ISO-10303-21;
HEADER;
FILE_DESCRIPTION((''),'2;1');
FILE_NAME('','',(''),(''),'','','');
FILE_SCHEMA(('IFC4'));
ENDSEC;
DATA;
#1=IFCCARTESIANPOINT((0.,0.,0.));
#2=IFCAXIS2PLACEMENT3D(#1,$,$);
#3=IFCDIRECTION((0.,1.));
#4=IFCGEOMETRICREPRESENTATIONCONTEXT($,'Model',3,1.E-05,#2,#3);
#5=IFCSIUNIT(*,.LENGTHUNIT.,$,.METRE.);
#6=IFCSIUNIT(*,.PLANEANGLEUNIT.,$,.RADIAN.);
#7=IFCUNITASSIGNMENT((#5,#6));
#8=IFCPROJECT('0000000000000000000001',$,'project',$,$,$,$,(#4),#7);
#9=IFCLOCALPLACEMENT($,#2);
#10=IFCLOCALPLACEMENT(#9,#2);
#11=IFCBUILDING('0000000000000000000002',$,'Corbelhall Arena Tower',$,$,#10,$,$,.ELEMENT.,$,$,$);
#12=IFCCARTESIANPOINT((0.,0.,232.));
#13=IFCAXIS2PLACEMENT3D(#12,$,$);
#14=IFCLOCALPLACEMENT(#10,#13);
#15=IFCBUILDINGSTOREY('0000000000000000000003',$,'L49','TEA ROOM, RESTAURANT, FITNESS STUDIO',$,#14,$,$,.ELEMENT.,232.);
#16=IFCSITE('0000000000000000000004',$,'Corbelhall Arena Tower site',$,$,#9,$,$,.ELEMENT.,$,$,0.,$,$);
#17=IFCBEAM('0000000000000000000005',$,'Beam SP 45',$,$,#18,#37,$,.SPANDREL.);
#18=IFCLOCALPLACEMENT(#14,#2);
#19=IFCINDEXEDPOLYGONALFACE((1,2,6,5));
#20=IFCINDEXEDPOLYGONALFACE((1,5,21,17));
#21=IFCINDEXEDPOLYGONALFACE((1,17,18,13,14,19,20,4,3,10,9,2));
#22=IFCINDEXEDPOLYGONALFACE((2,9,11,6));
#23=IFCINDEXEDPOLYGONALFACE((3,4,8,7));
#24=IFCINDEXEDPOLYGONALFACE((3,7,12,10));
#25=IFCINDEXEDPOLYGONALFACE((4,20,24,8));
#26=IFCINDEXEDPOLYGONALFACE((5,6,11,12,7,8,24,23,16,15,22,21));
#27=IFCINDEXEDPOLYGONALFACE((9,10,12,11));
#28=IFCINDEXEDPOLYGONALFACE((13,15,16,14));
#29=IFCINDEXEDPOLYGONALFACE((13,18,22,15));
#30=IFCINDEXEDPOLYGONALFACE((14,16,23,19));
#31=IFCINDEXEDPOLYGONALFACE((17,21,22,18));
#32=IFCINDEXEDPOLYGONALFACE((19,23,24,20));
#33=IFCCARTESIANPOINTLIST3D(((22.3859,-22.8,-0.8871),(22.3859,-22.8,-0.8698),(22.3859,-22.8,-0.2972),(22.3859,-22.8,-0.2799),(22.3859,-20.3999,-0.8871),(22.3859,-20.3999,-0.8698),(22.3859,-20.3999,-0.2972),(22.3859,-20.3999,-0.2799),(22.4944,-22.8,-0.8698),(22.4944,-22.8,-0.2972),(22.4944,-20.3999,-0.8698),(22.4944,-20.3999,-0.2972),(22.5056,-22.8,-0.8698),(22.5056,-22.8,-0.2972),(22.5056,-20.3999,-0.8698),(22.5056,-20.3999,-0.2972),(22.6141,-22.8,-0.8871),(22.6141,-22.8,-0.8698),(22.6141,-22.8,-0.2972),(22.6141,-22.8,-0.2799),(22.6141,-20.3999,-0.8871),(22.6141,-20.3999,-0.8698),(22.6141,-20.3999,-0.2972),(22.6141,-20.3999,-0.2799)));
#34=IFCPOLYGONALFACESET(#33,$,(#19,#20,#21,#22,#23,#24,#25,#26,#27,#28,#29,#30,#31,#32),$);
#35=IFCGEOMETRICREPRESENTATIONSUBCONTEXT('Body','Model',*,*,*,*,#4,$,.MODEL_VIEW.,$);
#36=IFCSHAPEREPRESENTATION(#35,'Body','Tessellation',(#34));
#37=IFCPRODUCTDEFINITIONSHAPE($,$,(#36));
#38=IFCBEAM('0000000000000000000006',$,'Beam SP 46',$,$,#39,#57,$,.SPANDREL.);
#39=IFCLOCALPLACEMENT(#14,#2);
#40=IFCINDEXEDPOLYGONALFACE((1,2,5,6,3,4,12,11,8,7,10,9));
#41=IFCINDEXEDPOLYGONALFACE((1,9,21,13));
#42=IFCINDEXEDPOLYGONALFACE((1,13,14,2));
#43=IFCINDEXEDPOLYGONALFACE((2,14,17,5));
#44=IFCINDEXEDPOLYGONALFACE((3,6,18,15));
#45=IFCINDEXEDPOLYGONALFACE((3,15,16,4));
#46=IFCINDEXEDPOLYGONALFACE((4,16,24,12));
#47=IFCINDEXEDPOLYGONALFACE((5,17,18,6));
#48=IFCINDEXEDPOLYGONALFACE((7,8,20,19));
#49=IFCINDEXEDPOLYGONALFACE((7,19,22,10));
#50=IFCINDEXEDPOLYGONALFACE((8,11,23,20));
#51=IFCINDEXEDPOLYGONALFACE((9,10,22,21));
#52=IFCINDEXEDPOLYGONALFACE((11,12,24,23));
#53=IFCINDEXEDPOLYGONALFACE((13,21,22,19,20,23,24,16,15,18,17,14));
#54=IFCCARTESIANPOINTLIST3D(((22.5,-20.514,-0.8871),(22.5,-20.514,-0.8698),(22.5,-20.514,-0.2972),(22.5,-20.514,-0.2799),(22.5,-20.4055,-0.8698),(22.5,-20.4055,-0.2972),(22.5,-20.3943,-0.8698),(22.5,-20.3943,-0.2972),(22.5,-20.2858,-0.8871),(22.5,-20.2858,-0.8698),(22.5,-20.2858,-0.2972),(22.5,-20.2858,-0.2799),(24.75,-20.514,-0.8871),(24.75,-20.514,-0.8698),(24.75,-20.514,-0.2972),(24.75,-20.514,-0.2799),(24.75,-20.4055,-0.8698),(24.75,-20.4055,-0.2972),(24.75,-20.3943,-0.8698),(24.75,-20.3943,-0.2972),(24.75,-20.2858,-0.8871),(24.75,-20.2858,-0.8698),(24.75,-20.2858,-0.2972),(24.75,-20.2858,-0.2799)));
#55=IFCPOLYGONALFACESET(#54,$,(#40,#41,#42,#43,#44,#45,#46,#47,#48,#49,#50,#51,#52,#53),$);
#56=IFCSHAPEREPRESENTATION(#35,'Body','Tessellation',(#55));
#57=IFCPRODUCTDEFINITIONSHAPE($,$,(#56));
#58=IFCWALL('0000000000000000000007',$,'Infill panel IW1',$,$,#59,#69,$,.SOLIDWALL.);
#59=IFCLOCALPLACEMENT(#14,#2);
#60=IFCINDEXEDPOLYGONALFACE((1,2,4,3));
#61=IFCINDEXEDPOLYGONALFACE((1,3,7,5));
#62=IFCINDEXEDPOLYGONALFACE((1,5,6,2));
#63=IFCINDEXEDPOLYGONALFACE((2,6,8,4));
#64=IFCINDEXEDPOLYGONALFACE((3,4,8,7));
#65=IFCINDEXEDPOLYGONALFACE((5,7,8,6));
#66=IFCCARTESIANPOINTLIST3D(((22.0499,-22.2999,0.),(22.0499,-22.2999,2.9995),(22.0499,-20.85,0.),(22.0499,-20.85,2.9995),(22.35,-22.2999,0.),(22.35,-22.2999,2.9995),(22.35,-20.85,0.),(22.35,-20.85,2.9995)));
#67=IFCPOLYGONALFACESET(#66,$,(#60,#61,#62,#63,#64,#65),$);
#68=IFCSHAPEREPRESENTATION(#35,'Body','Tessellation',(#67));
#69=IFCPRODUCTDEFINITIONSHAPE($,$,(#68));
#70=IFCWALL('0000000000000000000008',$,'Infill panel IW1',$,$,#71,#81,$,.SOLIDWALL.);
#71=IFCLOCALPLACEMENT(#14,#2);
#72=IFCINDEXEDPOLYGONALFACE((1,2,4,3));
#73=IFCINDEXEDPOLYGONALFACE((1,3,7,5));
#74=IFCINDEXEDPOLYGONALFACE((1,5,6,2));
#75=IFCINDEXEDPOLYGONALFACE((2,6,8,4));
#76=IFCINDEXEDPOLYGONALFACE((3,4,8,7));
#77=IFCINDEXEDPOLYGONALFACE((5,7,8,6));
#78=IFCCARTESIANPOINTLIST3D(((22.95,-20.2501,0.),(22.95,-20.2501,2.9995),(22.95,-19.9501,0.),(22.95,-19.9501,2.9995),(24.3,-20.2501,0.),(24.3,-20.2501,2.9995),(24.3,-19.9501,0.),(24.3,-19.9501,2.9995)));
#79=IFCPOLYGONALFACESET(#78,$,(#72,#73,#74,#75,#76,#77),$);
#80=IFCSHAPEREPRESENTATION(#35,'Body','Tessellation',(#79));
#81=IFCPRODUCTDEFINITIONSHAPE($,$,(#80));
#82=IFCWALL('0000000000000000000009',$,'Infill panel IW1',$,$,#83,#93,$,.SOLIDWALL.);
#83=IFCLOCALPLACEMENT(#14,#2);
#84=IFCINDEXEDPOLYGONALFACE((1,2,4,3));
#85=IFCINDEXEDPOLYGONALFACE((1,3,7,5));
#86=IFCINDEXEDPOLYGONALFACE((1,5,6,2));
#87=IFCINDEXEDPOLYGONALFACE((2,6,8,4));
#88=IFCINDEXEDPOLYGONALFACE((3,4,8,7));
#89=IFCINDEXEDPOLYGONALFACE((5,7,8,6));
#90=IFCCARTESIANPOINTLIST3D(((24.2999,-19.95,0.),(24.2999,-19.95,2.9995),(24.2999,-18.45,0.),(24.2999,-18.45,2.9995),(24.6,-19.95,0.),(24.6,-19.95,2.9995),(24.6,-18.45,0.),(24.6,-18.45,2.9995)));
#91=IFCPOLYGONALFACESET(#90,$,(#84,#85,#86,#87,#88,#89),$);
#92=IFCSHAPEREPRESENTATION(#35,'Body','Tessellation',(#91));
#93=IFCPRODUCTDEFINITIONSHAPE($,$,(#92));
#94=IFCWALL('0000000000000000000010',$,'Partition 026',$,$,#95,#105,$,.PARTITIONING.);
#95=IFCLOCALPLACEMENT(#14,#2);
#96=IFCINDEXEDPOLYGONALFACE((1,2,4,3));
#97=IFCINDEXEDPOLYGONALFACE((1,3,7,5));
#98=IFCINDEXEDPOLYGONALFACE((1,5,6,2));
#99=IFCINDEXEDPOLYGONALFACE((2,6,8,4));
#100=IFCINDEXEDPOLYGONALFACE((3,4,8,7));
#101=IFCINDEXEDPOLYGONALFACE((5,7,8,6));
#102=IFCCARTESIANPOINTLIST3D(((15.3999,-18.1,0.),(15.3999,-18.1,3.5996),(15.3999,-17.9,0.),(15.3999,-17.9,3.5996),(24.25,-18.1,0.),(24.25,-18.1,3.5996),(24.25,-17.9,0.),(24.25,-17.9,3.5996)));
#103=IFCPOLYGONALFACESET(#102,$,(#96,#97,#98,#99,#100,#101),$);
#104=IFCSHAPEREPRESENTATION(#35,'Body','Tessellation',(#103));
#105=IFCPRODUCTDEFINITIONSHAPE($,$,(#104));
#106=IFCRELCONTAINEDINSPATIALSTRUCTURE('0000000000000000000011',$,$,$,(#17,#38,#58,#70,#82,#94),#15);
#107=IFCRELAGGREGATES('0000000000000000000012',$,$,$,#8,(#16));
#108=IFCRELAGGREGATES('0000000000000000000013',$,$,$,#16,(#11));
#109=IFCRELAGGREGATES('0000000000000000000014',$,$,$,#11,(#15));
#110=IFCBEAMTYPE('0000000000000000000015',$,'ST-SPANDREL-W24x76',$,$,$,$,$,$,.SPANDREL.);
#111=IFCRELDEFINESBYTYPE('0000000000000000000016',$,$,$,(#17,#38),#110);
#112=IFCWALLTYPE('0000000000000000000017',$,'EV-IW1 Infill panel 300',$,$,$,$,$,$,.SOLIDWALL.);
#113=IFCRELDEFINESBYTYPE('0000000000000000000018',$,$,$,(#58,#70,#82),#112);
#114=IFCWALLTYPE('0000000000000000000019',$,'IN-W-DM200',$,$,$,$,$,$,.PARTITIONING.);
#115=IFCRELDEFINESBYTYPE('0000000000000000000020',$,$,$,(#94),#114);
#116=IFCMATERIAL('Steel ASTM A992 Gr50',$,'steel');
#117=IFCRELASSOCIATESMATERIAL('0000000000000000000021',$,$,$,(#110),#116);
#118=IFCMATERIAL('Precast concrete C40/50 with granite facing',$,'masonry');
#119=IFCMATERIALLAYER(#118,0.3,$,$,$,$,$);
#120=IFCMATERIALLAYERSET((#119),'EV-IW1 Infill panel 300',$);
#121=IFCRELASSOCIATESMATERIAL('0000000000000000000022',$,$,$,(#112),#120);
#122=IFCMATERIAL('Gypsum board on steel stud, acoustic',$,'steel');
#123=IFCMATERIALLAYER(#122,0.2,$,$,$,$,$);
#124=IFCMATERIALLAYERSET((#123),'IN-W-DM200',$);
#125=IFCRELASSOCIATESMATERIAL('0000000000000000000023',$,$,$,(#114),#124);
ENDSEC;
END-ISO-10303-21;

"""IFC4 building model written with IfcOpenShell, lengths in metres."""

from ifc_helpers import new_model, si_unit, direction, frame, frame_2d, origin, origin_2d, place, context, subcontext, project, spatial, rectangle, i_section, extrude, material, layer, layer_set, material_profile, profile_set, type_object, element, save


model = new_model("IFC4")

# Units and contexts
model_context = context("Model", 3, precision=1e-05, world=origin(), true_north=direction((0.0, 1.0)))
body_context = subcontext(model_context, "Body", "Model", "MODEL_VIEW")
ifc_project = project(units=[si_unit("LENGTHUNIT", "METRE"), si_unit("PLANEANGLEUNIT", "RADIAN")], contexts=[model_context])

# Site, building, storey
site_placement = place(None, origin())
site = spatial("IfcSite", under=ifc_project, at=site_placement, Name="Corbelhall Arena Tower site", CompositionType="ELEMENT", RefElevation=0.0)
building_placement = place(site_placement, origin())
building = spatial("IfcBuilding", under=site, at=building_placement, Name="Corbelhall Arena Tower", CompositionType="ELEMENT")
storey_placement = place(building_placement, frame((0.0, 0.0, 232.0)))
storey = spatial("IfcBuildingStorey", under=building, at=storey_placement, Name="L49", Description="TEA ROOM, RESTAURANT, FITNESS STUDIO", CompositionType="ELEMENT", Elevation=232.0)

# Beams
ifc_material_1 = material(Name="Steel ASTM A992 Gr50", Category="steel")
ifc_material_profile_1 = material_profile(ifc_material_1, i_section(OverallWidth=0.2283, OverallDepth=0.6072, WebThickness=0.0112, FlangeThickness=0.0173, at=origin_2d()))
ifc_profile_set_1 = profile_set([ifc_material_profile_1], Name="Steel ASTM A992 Gr50")
beam_type = type_object("IfcBeamType", Name="ST-SPANDREL-W24x76", PredefinedType="SPANDREL", material=ifc_profile_set_1)
beam_1_placement = place(storey_placement, frame((22.5, -20.3999, -0.5835), z_axis=(0.0, -1.0, 0.0), x_axis=(1.0, 0.0, 0.0)))
element("IfcBeam", 1, at=beam_1_placement, inside=storey, type_object=beam_type, Name="Beam SP 45", PredefinedType="SPANDREL", context=body_context, shape_type="SweptSolid", body=[
    extrude(i_section(OverallWidth=0.2283, OverallDepth=0.6072, WebThickness=0.0112, FlangeThickness=0.0173, at=origin_2d()), origin(), (0.0, 0.0, 1.0), 2.4001),
])
beam_2_placement = place(storey_placement, frame((24.75, -20.3999, -0.5835), z_axis=(-1.0, 0.0, 0.0), x_axis=(0.0, -1.0, 0.0)))
element("IfcBeam", 2, at=beam_2_placement, inside=storey, type_object=beam_type, Name="Beam SP 46", PredefinedType="SPANDREL", context=body_context, shape_type="SweptSolid", body=[
    extrude(i_section(OverallWidth=0.2283, OverallDepth=0.6072, WebThickness=0.0112, FlangeThickness=0.0173, at=origin_2d()), origin(), (0.0, 0.0, 1.0), 2.25),
])

# Shared definitions
ifc_material_2 = material(Name="Precast concrete C40/50 with granite facing", Category="masonry")
ifc_layer_1 = layer(ifc_material_2, 0.3)
ifc_layer_set_1 = layer_set([ifc_layer_1], Name="EV-IW1 Infill panel 300")
wall_type_1 = type_object("IfcWallType", Name="EV-IW1 Infill panel 300", PredefinedType="SOLIDWALL", material=ifc_layer_set_1)

# Walls
wall_1_placement = place(storey_placement, frame((22.2, -22.3, 0.0), z_axis=(0.0, 0.0, 1.0), x_axis=(0.0, 1.0, 0.0)))
element("IfcWall", 3, at=wall_1_placement, inside=storey, type_object=wall_type_1, Name="Infill panel IW1", PredefinedType="SOLIDWALL", context=body_context, shape_type="SweptSolid", body=[
    extrude(rectangle(XDim=1.45, YDim=0.3, at=frame_2d((0.7251, 0.0))), origin(), (0.0, 0.0, 1.0), 2.9995),
])
wall_2_placement = place(storey_placement, frame((22.95, -20.1001, 0.0), z_axis=(0.0, 0.0, 1.0), x_axis=(1.0, 0.0, 0.0)))
element("IfcWall", 4, at=wall_2_placement, inside=storey, type_object=wall_type_1, Name="Infill panel IW1", PredefinedType="SOLIDWALL", context=body_context, shape_type="SweptSolid", body=[
    extrude(rectangle(XDim=1.3501, YDim=0.3, at=frame_2d((0.675, 0.0))), origin(), (0.0, 0.0, 1.0), 2.9995),
])
wall_3_placement = place(storey_placement, frame((24.45, -19.95, 0.0), z_axis=(0.0, 0.0, 1.0), x_axis=(0.0, 1.0, 0.0)))
element("IfcWall", 5, at=wall_3_placement, inside=storey, type_object=wall_type_1, Name="Infill panel IW1", PredefinedType="SOLIDWALL", context=body_context, shape_type="SweptSolid", body=[
    extrude(rectangle(XDim=1.5, YDim=0.3, at=frame_2d((0.75, 0.0))), origin(), (0.0, 0.0, 1.0), 2.9995),
])

# Shared definitions
ifc_material_3 = material(Name="Gypsum board on steel stud, acoustic", Category="steel")
ifc_layer_2 = layer(ifc_material_3, 0.2)
ifc_layer_set_2 = layer_set([ifc_layer_2], Name="IN-W-DM200")
wall_type_2 = type_object("IfcWallType", Name="IN-W-DM200", PredefinedType="PARTITIONING", material=ifc_layer_set_2)

# Wall
wall_4_placement = place(storey_placement, frame((15.3999, -18.0, 0.0), z_axis=(0.0, 0.0, 1.0), x_axis=(1.0, 0.0, 0.0)))
element("IfcWall", 6, at=wall_4_placement, inside=storey, type_object=wall_type_2, Name="Partition 026", PredefinedType="PARTITIONING", context=body_context, shape_type="SweptSolid", body=[
    extrude(rectangle(XDim=8.8501, YDim=0.2, at=frame_2d((4.425, 0.0))), origin(), (0.0, 0.0, 1.0), 3.5996),
])

save(model, "model.ifc")
